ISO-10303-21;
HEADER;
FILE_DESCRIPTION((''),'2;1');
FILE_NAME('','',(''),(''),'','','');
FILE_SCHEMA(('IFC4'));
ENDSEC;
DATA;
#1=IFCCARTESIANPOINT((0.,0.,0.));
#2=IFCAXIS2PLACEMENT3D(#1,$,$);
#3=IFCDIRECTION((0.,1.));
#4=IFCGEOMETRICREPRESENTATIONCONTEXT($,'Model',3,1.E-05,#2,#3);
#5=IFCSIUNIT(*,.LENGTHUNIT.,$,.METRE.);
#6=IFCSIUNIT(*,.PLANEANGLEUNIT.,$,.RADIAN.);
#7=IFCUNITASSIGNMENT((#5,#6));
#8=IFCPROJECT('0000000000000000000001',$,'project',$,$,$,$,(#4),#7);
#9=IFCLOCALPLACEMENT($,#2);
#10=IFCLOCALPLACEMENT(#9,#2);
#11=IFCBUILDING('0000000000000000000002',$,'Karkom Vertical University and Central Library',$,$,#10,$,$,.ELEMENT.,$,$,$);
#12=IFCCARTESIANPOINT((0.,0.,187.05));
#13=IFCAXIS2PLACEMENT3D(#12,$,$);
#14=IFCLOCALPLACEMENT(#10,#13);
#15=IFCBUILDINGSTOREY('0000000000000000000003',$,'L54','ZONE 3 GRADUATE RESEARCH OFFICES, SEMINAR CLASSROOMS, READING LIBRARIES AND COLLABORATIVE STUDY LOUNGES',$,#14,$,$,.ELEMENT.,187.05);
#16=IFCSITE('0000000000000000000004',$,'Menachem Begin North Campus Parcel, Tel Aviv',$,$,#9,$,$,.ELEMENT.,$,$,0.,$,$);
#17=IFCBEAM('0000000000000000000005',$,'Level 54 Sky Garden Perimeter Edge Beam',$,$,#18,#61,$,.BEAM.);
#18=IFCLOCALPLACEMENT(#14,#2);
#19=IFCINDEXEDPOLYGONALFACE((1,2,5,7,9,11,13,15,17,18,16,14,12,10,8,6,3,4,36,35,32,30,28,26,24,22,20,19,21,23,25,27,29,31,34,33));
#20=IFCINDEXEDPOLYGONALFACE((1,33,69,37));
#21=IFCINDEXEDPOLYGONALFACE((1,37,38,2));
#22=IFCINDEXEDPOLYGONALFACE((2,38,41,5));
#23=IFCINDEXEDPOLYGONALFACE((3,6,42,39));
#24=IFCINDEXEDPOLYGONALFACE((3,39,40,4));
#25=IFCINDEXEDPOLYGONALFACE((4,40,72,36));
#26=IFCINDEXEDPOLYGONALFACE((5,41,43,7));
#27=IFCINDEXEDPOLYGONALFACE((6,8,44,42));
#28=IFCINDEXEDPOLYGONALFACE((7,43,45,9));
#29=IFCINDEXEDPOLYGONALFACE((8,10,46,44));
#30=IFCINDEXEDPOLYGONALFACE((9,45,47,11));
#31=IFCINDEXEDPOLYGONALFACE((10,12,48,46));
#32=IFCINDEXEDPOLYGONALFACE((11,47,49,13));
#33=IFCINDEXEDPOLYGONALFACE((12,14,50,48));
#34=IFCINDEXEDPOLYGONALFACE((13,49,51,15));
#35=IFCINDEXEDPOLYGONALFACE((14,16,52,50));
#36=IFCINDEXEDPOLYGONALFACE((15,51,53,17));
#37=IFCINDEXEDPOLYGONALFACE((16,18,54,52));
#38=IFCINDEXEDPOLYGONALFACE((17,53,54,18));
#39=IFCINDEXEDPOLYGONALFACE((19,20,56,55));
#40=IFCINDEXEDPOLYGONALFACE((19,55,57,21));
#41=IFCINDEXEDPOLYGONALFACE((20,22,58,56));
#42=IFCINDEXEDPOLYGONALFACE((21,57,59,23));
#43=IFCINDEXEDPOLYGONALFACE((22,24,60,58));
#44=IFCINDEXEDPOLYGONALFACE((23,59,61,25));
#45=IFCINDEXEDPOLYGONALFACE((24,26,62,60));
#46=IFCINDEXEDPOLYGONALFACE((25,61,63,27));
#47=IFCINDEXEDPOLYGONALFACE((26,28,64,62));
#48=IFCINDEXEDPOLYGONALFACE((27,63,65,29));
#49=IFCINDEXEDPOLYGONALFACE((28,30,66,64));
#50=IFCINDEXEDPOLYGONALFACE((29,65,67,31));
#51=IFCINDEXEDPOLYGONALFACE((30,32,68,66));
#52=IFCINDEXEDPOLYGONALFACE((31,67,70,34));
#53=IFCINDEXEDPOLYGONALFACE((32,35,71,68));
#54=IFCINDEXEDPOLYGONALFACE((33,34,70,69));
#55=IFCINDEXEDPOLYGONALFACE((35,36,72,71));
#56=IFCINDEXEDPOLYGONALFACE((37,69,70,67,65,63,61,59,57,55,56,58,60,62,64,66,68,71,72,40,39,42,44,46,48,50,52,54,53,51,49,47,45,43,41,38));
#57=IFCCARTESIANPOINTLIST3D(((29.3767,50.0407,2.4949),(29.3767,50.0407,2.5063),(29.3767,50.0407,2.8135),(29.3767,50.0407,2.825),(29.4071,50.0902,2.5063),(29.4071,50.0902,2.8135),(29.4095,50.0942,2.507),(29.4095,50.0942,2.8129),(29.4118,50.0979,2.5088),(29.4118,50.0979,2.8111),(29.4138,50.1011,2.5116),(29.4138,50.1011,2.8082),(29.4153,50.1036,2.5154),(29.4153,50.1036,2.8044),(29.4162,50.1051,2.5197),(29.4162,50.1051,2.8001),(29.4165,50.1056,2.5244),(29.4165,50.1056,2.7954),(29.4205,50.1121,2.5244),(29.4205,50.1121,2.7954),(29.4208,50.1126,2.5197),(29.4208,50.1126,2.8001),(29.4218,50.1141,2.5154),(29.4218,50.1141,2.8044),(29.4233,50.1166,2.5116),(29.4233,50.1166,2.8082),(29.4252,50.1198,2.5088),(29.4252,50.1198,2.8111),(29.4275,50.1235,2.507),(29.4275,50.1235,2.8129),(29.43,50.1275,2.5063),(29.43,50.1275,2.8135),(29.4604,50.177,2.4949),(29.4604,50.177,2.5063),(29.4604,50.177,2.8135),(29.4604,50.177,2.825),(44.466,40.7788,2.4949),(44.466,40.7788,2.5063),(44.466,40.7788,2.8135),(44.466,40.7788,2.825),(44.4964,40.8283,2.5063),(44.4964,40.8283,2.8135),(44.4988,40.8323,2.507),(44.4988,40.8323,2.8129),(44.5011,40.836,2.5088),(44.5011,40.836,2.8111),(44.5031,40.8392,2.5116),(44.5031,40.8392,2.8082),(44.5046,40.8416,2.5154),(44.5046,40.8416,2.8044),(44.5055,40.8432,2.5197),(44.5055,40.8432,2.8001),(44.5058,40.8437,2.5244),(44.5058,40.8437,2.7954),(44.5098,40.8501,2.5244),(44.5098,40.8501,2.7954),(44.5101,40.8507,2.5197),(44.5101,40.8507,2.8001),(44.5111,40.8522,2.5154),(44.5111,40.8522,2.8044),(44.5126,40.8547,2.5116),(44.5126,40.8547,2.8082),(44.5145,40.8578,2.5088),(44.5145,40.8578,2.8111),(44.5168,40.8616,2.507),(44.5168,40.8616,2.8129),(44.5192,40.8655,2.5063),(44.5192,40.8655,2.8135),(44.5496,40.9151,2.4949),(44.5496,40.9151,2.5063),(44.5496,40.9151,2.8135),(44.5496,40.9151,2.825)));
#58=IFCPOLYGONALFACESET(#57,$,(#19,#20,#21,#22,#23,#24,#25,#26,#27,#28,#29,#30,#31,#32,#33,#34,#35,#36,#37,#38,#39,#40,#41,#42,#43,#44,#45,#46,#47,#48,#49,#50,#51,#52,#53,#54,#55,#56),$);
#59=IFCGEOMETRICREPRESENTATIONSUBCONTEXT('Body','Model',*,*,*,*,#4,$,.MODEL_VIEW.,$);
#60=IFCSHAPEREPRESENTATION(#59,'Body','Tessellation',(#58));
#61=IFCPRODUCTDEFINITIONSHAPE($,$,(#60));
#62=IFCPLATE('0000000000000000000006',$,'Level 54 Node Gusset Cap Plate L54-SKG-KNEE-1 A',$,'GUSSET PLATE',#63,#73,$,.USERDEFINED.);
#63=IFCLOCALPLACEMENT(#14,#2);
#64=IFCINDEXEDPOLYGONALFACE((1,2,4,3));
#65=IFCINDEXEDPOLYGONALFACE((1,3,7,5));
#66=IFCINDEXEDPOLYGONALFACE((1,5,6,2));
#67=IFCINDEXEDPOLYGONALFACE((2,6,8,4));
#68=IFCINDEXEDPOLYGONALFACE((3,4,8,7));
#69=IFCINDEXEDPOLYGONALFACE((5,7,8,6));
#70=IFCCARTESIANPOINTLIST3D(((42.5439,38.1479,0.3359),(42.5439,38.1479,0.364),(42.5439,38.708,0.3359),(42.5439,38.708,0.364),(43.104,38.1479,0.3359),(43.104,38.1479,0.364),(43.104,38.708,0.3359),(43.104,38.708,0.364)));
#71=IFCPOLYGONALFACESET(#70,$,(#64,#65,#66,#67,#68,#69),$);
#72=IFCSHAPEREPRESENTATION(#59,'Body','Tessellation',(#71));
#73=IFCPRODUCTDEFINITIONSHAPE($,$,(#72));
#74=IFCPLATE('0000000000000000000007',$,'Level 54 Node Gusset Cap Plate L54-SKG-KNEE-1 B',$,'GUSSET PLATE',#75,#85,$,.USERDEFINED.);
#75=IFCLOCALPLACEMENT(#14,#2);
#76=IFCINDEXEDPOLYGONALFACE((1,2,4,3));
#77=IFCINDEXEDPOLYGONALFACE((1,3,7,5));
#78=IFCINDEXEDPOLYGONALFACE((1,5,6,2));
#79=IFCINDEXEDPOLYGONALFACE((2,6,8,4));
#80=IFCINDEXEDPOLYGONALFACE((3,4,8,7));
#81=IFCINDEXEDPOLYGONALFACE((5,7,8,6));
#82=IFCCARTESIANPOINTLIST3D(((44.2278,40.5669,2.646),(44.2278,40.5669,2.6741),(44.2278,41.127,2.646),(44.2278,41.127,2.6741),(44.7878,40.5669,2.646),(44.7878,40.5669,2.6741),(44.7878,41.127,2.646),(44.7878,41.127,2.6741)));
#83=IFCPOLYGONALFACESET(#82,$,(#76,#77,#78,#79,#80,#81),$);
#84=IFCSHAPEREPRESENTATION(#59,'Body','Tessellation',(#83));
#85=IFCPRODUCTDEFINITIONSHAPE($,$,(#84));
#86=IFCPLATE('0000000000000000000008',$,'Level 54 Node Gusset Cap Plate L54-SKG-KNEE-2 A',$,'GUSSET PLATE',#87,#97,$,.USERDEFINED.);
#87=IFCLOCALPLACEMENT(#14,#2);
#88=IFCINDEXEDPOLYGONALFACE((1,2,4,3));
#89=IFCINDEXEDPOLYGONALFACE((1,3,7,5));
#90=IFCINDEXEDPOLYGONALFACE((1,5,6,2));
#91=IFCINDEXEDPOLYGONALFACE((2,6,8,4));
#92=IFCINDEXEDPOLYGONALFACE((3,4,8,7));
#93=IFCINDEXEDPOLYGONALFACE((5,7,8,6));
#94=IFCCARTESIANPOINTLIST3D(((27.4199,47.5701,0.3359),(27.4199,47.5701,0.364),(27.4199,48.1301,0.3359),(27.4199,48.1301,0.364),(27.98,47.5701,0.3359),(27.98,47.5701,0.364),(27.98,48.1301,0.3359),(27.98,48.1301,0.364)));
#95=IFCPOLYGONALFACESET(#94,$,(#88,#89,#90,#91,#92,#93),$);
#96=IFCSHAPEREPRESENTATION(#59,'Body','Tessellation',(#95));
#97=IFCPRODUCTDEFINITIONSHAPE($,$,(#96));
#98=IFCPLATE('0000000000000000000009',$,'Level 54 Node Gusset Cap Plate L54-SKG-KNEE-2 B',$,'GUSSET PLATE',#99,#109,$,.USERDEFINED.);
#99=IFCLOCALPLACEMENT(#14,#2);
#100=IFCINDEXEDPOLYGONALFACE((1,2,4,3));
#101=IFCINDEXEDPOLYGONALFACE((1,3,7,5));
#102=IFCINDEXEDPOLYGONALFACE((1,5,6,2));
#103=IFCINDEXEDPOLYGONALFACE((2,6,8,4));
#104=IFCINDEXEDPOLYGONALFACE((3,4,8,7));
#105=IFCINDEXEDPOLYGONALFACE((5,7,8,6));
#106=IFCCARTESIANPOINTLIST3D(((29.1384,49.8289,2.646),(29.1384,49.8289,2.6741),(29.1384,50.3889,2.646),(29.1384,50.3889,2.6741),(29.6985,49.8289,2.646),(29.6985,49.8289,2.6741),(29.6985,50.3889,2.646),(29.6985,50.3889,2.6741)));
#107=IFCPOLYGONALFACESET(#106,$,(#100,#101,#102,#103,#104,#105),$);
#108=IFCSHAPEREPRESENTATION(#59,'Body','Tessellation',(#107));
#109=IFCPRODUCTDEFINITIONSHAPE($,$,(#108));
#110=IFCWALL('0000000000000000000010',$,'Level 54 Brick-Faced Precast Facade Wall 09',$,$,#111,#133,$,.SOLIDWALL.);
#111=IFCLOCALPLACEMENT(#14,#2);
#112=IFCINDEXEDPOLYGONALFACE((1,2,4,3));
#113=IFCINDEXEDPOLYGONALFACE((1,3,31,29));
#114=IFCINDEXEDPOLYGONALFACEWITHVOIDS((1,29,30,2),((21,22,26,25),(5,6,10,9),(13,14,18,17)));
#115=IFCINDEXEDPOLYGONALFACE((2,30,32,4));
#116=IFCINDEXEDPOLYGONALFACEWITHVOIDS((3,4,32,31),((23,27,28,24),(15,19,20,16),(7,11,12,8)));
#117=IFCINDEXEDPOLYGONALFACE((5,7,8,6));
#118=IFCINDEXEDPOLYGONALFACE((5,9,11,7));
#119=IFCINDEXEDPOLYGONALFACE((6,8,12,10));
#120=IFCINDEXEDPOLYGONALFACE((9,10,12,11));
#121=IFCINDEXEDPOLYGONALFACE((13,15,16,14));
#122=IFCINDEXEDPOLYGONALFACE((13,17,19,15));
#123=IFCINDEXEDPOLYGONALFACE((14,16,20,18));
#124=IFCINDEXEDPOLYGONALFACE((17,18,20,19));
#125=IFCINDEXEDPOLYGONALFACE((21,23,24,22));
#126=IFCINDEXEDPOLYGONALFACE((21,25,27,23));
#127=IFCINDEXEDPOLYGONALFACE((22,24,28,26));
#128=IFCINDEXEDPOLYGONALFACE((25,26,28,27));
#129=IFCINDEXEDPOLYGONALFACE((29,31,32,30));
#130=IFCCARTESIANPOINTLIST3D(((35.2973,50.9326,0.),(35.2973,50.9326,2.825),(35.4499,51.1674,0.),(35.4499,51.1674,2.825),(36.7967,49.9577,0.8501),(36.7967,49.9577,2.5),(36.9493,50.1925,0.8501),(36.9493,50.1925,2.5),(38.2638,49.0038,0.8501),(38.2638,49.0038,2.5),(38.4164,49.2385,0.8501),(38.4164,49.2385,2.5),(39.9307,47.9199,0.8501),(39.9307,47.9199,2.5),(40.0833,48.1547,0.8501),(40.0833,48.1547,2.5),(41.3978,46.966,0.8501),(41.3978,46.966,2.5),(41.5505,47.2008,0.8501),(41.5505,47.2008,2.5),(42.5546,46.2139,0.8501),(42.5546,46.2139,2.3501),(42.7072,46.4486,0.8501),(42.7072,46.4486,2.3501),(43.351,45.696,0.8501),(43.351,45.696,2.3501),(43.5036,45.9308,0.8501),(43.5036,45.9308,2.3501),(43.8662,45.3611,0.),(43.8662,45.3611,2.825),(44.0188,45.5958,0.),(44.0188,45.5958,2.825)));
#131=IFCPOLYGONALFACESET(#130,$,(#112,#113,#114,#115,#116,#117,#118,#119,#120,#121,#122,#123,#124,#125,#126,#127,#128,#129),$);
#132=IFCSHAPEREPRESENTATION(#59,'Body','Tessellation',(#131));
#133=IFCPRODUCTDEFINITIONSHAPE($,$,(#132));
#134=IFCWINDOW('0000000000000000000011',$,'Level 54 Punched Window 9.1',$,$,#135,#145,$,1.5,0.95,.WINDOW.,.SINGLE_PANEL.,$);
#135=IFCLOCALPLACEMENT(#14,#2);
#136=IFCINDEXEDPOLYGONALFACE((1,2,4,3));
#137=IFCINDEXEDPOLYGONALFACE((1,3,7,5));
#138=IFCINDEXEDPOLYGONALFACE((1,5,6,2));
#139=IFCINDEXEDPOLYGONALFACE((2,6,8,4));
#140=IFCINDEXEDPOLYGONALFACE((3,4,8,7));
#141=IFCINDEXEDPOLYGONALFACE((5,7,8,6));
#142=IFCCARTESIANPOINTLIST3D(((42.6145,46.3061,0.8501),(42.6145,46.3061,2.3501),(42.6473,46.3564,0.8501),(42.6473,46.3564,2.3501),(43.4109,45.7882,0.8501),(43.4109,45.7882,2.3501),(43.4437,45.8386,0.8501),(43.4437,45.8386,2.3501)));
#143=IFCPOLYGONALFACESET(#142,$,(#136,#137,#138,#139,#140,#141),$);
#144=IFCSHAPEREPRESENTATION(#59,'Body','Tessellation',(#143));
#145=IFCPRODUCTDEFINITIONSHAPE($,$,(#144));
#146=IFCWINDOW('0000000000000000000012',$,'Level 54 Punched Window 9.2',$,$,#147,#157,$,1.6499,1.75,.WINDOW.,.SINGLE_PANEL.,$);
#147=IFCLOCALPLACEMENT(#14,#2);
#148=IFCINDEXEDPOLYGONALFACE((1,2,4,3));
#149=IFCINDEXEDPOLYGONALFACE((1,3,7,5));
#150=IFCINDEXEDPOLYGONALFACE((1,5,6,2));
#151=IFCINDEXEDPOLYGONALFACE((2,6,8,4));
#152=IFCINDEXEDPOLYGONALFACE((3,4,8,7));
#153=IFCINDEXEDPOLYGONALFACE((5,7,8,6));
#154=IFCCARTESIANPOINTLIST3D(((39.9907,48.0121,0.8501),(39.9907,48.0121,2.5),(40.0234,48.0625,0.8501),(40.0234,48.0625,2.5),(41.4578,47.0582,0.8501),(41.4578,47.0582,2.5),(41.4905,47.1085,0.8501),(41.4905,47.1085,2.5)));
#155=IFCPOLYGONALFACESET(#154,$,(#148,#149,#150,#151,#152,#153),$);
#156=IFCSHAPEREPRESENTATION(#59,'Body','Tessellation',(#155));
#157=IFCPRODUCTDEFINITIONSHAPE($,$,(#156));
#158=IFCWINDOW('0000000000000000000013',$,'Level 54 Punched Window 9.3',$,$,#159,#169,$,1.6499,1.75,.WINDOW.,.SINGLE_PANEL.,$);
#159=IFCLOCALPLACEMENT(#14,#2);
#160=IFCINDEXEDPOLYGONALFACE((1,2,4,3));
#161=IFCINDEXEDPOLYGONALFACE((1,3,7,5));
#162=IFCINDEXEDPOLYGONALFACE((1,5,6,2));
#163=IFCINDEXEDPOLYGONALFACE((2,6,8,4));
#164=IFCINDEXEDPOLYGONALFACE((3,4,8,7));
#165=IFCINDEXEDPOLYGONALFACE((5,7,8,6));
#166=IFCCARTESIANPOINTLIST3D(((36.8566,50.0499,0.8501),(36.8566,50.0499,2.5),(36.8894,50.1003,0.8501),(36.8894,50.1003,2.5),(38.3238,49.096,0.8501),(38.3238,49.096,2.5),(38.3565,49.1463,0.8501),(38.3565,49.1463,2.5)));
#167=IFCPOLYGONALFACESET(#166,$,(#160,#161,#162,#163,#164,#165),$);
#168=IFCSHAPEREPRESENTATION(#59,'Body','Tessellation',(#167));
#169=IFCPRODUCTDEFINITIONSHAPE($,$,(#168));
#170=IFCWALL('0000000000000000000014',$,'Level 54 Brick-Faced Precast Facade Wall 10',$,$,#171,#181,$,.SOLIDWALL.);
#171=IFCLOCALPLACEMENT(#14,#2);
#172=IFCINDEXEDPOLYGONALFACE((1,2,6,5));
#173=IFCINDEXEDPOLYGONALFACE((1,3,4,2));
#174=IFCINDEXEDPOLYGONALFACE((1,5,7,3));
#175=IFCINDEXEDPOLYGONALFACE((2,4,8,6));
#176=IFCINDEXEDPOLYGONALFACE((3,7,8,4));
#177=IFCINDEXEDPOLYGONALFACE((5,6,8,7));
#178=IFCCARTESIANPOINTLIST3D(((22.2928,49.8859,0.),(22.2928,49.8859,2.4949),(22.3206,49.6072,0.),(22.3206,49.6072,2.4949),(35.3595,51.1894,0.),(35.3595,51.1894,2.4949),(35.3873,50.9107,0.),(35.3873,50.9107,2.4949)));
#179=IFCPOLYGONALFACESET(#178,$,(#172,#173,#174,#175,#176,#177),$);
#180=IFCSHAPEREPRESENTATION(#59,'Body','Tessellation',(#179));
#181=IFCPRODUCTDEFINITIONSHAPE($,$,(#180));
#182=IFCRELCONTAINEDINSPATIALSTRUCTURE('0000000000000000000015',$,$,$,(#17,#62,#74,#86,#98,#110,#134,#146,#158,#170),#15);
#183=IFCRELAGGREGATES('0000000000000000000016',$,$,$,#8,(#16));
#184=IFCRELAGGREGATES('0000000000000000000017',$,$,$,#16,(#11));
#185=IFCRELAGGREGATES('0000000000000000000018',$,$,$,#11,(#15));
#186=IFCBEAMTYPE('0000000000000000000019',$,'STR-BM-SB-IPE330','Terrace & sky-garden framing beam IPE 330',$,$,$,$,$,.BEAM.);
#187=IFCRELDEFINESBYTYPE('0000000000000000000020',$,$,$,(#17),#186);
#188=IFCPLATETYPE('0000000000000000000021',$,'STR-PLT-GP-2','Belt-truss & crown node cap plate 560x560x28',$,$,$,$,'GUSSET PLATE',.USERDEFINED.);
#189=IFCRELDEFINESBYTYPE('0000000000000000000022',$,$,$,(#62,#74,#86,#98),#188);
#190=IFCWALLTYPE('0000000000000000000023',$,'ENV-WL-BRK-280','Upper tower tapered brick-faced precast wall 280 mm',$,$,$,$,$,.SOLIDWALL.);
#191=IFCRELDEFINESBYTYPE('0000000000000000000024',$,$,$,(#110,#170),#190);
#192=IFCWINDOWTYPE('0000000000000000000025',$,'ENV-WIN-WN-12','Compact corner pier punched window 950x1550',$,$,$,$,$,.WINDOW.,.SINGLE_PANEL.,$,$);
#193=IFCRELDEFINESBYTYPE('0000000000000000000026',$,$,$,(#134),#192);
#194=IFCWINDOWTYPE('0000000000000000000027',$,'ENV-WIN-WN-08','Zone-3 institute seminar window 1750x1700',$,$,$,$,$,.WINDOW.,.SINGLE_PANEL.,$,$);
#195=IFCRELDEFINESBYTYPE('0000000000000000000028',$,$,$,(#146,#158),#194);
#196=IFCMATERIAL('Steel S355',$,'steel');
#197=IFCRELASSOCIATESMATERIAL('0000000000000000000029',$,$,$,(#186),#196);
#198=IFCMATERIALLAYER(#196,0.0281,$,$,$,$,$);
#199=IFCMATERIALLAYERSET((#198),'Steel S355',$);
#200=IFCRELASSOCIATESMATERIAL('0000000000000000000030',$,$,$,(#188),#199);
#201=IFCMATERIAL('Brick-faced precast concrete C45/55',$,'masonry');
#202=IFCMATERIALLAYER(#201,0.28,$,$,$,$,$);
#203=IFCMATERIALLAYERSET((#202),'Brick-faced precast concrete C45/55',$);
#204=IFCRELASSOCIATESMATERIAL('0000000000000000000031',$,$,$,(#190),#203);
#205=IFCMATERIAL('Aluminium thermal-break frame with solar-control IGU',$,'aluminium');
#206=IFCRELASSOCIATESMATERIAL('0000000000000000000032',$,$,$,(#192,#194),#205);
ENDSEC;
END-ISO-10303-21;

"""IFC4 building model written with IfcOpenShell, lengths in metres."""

from ifc_helpers import new_model, si_unit, direction, frame, frame_2d, origin, origin_with_axes, origin_2d, place, context, subcontext, project, spatial, rectangle, i_section, extrude, source, transform, mapped, material, layer, layer_set, material_profile, profile_set, type_object, element, fill, save


model = new_model("IFC4")

# Units and contexts
model_context = context("Model", 3, precision=1e-05, world=origin(), true_north=direction((0.0, 1.0)))
body_context = subcontext(model_context, "Body", "Model", "MODEL_VIEW")
ifc_project = project(units=[si_unit("LENGTHUNIT", "METRE"), si_unit("PLANEANGLEUNIT", "RADIAN")], contexts=[model_context])

# Site, building, storey
site_placement = place(None, origin())
site = spatial("IfcSite", under=ifc_project, at=site_placement, Name="Menachem Begin North Campus Parcel, Tel Aviv", CompositionType="ELEMENT", RefElevation=0.0)
building_placement = place(site_placement, origin())
building = spatial("IfcBuilding", under=site, at=building_placement, Name="Karkom Vertical University and Central Library", CompositionType="ELEMENT")
storey_placement = place(building_placement, frame((0.0, 0.0, 187.05)))
storey = spatial("IfcBuildingStorey", under=building, at=storey_placement, Name="L54", Description="ZONE 3 GRADUATE RESEARCH OFFICES, SEMINAR CLASSROOMS, READING LIBRARIES AND COLLABORATIVE STUDY LOUNGES", CompositionType="ELEMENT", Elevation=187.05)

# Shared definitions
ifc_material_1 = material(Name="Steel S355", Category="steel")
ifc_material_profile_1 = material_profile(ifc_material_1, i_section(OverallWidth=0.1599, OverallDepth=0.3301, WebThickness=0.0076, FlangeThickness=0.0115, FilletRadius=0.0181, at=origin_2d()), Name="IPE 330")
ifc_profile_set_1 = profile_set([ifc_material_profile_1], Name="Steel S355")
beam_type_1 = type_object("IfcBeamType", Name="STR-BM-SB-IPE330", Description="Terrace & sky-garden framing beam IPE 330", PredefinedType="BEAM", material=ifc_profile_set_1)

# Beam
shared_shape_1 = source(origin_with_axes(), body_context, "Body", "SweptSolid", [
    extrude(i_section(OverallWidth=0.1599, OverallDepth=0.3301, WebThickness=0.0076, FlangeThickness=0.0115, FilletRadius=0.0181, at=origin_2d()), origin(), (0.0, 0.0, 1.0), 17.7051),
])
beam_1_placement = place(storey_placement, frame((44.5078, 40.8469, 2.6599), z_axis=(-0.852258, 0.523122, 0.0), x_axis=(-0.523122, -0.852258, 0.0)))
element("IfcBeam", 1, at=beam_1_placement, inside=storey, type_object=beam_type_1, Name="Level 54 Sky Garden Perimeter Edge Beam", PredefinedType="BEAM", context=body_context, shape_type="MappedRepresentation", body=[
    mapped(shared_shape_1, transform((0.0, 0.0, 0.0), scale=1.0)),
])

# Plates
ifc_layer_1 = layer(ifc_material_1, 0.0281)
ifc_layer_set_1 = layer_set([ifc_layer_1], Name="Steel S355")
plate_type = type_object("IfcPlateType", Name="STR-PLT-GP-2", Description="Belt-truss & crown node cap plate 560x560x28", ElementType="GUSSET PLATE", PredefinedType="USERDEFINED", material=ifc_layer_set_1)
shared_shape_2 = source(origin_with_axes(), body_context, "Body", "SweptSolid", [
    extrude(rectangle(XDim=0.5601, YDim=0.5601, at=origin_2d()), origin(), (0.0, 0.0, 1.0), 0.0281),
])
for number, where, z_axis, x_axis, name in (
    (2, (42.824, 38.428, 0.3359), (0.0, 0.0, 1.0), (1.0, 0.0, 0.0), "Level 54 Node Gusset Cap Plate L54-SKG-KNEE-1 A"),
    (3, (44.5078, 40.8469, 2.646), (0.0, 0.0, 1.0), (1.0, 0.0, 0.0), "Level 54 Node Gusset Cap Plate L54-SKG-KNEE-1 B"),
    (4, (27.7, 47.8501, 0.3359), (0.0, 0.0, 1.0), (1.0, 0.0, 0.0), "Level 54 Node Gusset Cap Plate L54-SKG-KNEE-2 A"),
    (5, (29.4185, 50.1089, 2.646), (0.0, 0.0, 1.0), (1.0, 0.0, 0.0), "Level 54 Node Gusset Cap Plate L54-SKG-KNEE-2 B"),
):
    element("IfcPlate", number, at=place(storey_placement, frame(where, z_axis=z_axis, x_axis=x_axis)), inside=storey, type_object=plate_type, Name=name, ObjectType="GUSSET PLATE", PredefinedType="USERDEFINED", context=body_context, shape_type="MappedRepresentation", body=[
        mapped(shared_shape_2, transform((0.0, 0.0, 0.0), scale=1.0)),
    ])

# Wall, openings, windows
ifc_material_2 = material(Name="Brick-faced precast concrete C45/55", Category="masonry")
ifc_layer_2 = layer(ifc_material_2, 0.28)
ifc_layer_set_2 = layer_set([ifc_layer_2], Name="Brick-faced precast concrete C45/55")
wall_type_1 = type_object("IfcWallType", Name="ENV-WL-BRK-280", Description="Upper tower tapered brick-faced precast wall 280 mm", PredefinedType="SOLIDWALL", material=ifc_layer_set_2)
wall_1_placement = place(storey_placement, frame((43.9424, 45.4785, 0.0), z_axis=(0.0, 0.0, 1.0), x_axis=(-0.838364, 0.545111, 0.0)))
wall_1 = element("IfcWall", 6, at=wall_1_placement, inside=storey, type_object=wall_type_1, Name="Level 54 Brick-Faced Precast Facade Wall 09", PredefinedType="SOLIDWALL", context=body_context, shape_type="SweptSolid", body=[
    extrude(rectangle(XDim=10.2209, YDim=0.28, at=frame_2d((5.1104, 0.0))), origin(), (0.0, 0.0, 1.0), 2.825),
])
opening_1_placement = place(wall_1_placement, frame((0.6143, 0.0, 0.8501)))
opening_1 = element("IfcOpeningElement", 7, at=opening_1_placement, cuts=wall_1, PredefinedType="OPENING", context=body_context, shape_type="SweptSolid", body=[
    extrude(rectangle(XDim=0.95, YDim=1.5, at=frame_2d((0.4751, 0.75))), frame((0.0, 0.1499, 0.0), z_axis=(0.0, -1.0, 0.0), x_axis=(1.0, 0.0, 0.0)), (0.0, 0.0, 1.0), 0.3),
])
opening_2_placement = place(wall_1_placement, frame((2.9441, 0.0, 0.8501)))
opening_2 = element("IfcOpeningElement", 8, at=opening_2_placement, cuts=wall_1, PredefinedType="OPENING", context=body_context, shape_type="SweptSolid", body=[
    extrude(rectangle(XDim=1.75, YDim=1.6499, at=frame_2d((0.875, 0.825))), frame((0.0, 0.1499, 0.0), z_axis=(0.0, -1.0, 0.0), x_axis=(1.0, 0.0, 0.0)), (0.0, 0.0, 1.0), 0.3),
])
opening_3_placement = place(wall_1_placement, frame((6.6824, 0.0, 0.8501)))
opening_3 = element("IfcOpeningElement", 9, at=opening_3_placement, cuts=wall_1, PredefinedType="OPENING", context=body_context, shape_type="SweptSolid", body=[
    extrude(rectangle(XDim=1.75, YDim=1.6499, at=frame_2d((0.875, 0.825))), frame((0.0, 0.1499, 0.0), z_axis=(0.0, -1.0, 0.0), x_axis=(1.0, 0.0, 0.0)), (0.0, 0.0, 1.0), 0.3),
])
ifc_material_3 = material(Name="Aluminium thermal-break frame with solar-control IGU", Category="aluminium")
window_type_1 = type_object("IfcWindowType", Name="ENV-WIN-WN-12", Description="Compact corner pier punched window 950x1550", PartitioningType="SINGLE_PANEL", PredefinedType="WINDOW", material=ifc_material_3)
shared_shape_3 = source(origin_with_axes(), body_context, "Body", "SweptSolid", [
    extrude(rectangle(XDim=0.95, YDim=1.5, at=frame_2d((0.4751, 0.75))), frame((0.0, 0.03, 0.0), z_axis=(0.0, -1.0, 0.0), x_axis=(1.0, 0.0, 0.0)), (0.0, 0.0, 1.0), 0.0601),
])
window_1_placement = place(opening_1_placement, origin())
window_1 = element("IfcWindow", 10, at=window_1_placement, inside=storey, type_object=window_type_1, Name="Level 54 Punched Window 9.1", OverallHeight=1.5, OverallWidth=0.95, PartitioningType="SINGLE_PANEL", PredefinedType="WINDOW", context=body_context, shape_type="MappedRepresentation", body=[
    mapped(shared_shape_3, transform((0.0, 0.0, 0.0), scale=1.0)),
])
fill(opening_1, window_1)
window_type_2 = type_object("IfcWindowType", Name="ENV-WIN-WN-08", Description="Zone-3 institute seminar window 1750x1700", PartitioningType="SINGLE_PANEL", PredefinedType="WINDOW", material=ifc_material_3)
shared_shape_4 = source(origin_with_axes(), body_context, "Body", "SweptSolid", [
    extrude(rectangle(XDim=1.75, YDim=1.6499, at=frame_2d((0.875, 0.825))), frame((0.0, 0.03, 0.0), z_axis=(0.0, -1.0, 0.0), x_axis=(1.0, 0.0, 0.0)), (0.0, 0.0, 1.0), 0.0601),
])
window_2_placement = place(opening_2_placement, origin())
window_2 = element("IfcWindow", 11, at=window_2_placement, inside=storey, type_object=window_type_2, Name="Level 54 Punched Window 9.2", OverallHeight=1.6499, OverallWidth=1.75, PartitioningType="SINGLE_PANEL", PredefinedType="WINDOW", context=body_context, shape_type="MappedRepresentation", body=[
    mapped(shared_shape_4, transform((0.0, 0.0, 0.0), scale=1.0)),
])
fill(opening_2, window_2)
window_3_placement = place(opening_3_placement, origin())
window_3 = element("IfcWindow", 12, at=window_3_placement, inside=storey, type_object=window_type_2, Name="Level 54 Punched Window 9.3", OverallHeight=1.6499, OverallWidth=1.75, PartitioningType="SINGLE_PANEL", PredefinedType="WINDOW", context=body_context, shape_type="MappedRepresentation", body=[
    mapped(shared_shape_4, transform((0.0, 0.0, 0.0), scale=1.0)),
])
fill(opening_3, window_3)

# Wall
wall_2_placement = place(storey_placement, frame((35.3735, 51.05, 0.0), z_axis=(0.0, 0.0, 1.0), x_axis=(-0.995061, -0.099263, 0.0)))
element("IfcWall", 13, at=wall_2_placement, inside=storey, type_object=wall_type_1, Name="Level 54 Brick-Faced Precast Facade Wall 10", PredefinedType="SOLIDWALL", context=body_context, shape_type="SweptSolid", body=[
    extrude(rectangle(XDim=13.1316, YDim=0.28, at=frame_2d((6.5659, 0.0))), origin(), (0.0, 0.0, 1.0), 2.4949),
])

save(model, "model.ifc")
